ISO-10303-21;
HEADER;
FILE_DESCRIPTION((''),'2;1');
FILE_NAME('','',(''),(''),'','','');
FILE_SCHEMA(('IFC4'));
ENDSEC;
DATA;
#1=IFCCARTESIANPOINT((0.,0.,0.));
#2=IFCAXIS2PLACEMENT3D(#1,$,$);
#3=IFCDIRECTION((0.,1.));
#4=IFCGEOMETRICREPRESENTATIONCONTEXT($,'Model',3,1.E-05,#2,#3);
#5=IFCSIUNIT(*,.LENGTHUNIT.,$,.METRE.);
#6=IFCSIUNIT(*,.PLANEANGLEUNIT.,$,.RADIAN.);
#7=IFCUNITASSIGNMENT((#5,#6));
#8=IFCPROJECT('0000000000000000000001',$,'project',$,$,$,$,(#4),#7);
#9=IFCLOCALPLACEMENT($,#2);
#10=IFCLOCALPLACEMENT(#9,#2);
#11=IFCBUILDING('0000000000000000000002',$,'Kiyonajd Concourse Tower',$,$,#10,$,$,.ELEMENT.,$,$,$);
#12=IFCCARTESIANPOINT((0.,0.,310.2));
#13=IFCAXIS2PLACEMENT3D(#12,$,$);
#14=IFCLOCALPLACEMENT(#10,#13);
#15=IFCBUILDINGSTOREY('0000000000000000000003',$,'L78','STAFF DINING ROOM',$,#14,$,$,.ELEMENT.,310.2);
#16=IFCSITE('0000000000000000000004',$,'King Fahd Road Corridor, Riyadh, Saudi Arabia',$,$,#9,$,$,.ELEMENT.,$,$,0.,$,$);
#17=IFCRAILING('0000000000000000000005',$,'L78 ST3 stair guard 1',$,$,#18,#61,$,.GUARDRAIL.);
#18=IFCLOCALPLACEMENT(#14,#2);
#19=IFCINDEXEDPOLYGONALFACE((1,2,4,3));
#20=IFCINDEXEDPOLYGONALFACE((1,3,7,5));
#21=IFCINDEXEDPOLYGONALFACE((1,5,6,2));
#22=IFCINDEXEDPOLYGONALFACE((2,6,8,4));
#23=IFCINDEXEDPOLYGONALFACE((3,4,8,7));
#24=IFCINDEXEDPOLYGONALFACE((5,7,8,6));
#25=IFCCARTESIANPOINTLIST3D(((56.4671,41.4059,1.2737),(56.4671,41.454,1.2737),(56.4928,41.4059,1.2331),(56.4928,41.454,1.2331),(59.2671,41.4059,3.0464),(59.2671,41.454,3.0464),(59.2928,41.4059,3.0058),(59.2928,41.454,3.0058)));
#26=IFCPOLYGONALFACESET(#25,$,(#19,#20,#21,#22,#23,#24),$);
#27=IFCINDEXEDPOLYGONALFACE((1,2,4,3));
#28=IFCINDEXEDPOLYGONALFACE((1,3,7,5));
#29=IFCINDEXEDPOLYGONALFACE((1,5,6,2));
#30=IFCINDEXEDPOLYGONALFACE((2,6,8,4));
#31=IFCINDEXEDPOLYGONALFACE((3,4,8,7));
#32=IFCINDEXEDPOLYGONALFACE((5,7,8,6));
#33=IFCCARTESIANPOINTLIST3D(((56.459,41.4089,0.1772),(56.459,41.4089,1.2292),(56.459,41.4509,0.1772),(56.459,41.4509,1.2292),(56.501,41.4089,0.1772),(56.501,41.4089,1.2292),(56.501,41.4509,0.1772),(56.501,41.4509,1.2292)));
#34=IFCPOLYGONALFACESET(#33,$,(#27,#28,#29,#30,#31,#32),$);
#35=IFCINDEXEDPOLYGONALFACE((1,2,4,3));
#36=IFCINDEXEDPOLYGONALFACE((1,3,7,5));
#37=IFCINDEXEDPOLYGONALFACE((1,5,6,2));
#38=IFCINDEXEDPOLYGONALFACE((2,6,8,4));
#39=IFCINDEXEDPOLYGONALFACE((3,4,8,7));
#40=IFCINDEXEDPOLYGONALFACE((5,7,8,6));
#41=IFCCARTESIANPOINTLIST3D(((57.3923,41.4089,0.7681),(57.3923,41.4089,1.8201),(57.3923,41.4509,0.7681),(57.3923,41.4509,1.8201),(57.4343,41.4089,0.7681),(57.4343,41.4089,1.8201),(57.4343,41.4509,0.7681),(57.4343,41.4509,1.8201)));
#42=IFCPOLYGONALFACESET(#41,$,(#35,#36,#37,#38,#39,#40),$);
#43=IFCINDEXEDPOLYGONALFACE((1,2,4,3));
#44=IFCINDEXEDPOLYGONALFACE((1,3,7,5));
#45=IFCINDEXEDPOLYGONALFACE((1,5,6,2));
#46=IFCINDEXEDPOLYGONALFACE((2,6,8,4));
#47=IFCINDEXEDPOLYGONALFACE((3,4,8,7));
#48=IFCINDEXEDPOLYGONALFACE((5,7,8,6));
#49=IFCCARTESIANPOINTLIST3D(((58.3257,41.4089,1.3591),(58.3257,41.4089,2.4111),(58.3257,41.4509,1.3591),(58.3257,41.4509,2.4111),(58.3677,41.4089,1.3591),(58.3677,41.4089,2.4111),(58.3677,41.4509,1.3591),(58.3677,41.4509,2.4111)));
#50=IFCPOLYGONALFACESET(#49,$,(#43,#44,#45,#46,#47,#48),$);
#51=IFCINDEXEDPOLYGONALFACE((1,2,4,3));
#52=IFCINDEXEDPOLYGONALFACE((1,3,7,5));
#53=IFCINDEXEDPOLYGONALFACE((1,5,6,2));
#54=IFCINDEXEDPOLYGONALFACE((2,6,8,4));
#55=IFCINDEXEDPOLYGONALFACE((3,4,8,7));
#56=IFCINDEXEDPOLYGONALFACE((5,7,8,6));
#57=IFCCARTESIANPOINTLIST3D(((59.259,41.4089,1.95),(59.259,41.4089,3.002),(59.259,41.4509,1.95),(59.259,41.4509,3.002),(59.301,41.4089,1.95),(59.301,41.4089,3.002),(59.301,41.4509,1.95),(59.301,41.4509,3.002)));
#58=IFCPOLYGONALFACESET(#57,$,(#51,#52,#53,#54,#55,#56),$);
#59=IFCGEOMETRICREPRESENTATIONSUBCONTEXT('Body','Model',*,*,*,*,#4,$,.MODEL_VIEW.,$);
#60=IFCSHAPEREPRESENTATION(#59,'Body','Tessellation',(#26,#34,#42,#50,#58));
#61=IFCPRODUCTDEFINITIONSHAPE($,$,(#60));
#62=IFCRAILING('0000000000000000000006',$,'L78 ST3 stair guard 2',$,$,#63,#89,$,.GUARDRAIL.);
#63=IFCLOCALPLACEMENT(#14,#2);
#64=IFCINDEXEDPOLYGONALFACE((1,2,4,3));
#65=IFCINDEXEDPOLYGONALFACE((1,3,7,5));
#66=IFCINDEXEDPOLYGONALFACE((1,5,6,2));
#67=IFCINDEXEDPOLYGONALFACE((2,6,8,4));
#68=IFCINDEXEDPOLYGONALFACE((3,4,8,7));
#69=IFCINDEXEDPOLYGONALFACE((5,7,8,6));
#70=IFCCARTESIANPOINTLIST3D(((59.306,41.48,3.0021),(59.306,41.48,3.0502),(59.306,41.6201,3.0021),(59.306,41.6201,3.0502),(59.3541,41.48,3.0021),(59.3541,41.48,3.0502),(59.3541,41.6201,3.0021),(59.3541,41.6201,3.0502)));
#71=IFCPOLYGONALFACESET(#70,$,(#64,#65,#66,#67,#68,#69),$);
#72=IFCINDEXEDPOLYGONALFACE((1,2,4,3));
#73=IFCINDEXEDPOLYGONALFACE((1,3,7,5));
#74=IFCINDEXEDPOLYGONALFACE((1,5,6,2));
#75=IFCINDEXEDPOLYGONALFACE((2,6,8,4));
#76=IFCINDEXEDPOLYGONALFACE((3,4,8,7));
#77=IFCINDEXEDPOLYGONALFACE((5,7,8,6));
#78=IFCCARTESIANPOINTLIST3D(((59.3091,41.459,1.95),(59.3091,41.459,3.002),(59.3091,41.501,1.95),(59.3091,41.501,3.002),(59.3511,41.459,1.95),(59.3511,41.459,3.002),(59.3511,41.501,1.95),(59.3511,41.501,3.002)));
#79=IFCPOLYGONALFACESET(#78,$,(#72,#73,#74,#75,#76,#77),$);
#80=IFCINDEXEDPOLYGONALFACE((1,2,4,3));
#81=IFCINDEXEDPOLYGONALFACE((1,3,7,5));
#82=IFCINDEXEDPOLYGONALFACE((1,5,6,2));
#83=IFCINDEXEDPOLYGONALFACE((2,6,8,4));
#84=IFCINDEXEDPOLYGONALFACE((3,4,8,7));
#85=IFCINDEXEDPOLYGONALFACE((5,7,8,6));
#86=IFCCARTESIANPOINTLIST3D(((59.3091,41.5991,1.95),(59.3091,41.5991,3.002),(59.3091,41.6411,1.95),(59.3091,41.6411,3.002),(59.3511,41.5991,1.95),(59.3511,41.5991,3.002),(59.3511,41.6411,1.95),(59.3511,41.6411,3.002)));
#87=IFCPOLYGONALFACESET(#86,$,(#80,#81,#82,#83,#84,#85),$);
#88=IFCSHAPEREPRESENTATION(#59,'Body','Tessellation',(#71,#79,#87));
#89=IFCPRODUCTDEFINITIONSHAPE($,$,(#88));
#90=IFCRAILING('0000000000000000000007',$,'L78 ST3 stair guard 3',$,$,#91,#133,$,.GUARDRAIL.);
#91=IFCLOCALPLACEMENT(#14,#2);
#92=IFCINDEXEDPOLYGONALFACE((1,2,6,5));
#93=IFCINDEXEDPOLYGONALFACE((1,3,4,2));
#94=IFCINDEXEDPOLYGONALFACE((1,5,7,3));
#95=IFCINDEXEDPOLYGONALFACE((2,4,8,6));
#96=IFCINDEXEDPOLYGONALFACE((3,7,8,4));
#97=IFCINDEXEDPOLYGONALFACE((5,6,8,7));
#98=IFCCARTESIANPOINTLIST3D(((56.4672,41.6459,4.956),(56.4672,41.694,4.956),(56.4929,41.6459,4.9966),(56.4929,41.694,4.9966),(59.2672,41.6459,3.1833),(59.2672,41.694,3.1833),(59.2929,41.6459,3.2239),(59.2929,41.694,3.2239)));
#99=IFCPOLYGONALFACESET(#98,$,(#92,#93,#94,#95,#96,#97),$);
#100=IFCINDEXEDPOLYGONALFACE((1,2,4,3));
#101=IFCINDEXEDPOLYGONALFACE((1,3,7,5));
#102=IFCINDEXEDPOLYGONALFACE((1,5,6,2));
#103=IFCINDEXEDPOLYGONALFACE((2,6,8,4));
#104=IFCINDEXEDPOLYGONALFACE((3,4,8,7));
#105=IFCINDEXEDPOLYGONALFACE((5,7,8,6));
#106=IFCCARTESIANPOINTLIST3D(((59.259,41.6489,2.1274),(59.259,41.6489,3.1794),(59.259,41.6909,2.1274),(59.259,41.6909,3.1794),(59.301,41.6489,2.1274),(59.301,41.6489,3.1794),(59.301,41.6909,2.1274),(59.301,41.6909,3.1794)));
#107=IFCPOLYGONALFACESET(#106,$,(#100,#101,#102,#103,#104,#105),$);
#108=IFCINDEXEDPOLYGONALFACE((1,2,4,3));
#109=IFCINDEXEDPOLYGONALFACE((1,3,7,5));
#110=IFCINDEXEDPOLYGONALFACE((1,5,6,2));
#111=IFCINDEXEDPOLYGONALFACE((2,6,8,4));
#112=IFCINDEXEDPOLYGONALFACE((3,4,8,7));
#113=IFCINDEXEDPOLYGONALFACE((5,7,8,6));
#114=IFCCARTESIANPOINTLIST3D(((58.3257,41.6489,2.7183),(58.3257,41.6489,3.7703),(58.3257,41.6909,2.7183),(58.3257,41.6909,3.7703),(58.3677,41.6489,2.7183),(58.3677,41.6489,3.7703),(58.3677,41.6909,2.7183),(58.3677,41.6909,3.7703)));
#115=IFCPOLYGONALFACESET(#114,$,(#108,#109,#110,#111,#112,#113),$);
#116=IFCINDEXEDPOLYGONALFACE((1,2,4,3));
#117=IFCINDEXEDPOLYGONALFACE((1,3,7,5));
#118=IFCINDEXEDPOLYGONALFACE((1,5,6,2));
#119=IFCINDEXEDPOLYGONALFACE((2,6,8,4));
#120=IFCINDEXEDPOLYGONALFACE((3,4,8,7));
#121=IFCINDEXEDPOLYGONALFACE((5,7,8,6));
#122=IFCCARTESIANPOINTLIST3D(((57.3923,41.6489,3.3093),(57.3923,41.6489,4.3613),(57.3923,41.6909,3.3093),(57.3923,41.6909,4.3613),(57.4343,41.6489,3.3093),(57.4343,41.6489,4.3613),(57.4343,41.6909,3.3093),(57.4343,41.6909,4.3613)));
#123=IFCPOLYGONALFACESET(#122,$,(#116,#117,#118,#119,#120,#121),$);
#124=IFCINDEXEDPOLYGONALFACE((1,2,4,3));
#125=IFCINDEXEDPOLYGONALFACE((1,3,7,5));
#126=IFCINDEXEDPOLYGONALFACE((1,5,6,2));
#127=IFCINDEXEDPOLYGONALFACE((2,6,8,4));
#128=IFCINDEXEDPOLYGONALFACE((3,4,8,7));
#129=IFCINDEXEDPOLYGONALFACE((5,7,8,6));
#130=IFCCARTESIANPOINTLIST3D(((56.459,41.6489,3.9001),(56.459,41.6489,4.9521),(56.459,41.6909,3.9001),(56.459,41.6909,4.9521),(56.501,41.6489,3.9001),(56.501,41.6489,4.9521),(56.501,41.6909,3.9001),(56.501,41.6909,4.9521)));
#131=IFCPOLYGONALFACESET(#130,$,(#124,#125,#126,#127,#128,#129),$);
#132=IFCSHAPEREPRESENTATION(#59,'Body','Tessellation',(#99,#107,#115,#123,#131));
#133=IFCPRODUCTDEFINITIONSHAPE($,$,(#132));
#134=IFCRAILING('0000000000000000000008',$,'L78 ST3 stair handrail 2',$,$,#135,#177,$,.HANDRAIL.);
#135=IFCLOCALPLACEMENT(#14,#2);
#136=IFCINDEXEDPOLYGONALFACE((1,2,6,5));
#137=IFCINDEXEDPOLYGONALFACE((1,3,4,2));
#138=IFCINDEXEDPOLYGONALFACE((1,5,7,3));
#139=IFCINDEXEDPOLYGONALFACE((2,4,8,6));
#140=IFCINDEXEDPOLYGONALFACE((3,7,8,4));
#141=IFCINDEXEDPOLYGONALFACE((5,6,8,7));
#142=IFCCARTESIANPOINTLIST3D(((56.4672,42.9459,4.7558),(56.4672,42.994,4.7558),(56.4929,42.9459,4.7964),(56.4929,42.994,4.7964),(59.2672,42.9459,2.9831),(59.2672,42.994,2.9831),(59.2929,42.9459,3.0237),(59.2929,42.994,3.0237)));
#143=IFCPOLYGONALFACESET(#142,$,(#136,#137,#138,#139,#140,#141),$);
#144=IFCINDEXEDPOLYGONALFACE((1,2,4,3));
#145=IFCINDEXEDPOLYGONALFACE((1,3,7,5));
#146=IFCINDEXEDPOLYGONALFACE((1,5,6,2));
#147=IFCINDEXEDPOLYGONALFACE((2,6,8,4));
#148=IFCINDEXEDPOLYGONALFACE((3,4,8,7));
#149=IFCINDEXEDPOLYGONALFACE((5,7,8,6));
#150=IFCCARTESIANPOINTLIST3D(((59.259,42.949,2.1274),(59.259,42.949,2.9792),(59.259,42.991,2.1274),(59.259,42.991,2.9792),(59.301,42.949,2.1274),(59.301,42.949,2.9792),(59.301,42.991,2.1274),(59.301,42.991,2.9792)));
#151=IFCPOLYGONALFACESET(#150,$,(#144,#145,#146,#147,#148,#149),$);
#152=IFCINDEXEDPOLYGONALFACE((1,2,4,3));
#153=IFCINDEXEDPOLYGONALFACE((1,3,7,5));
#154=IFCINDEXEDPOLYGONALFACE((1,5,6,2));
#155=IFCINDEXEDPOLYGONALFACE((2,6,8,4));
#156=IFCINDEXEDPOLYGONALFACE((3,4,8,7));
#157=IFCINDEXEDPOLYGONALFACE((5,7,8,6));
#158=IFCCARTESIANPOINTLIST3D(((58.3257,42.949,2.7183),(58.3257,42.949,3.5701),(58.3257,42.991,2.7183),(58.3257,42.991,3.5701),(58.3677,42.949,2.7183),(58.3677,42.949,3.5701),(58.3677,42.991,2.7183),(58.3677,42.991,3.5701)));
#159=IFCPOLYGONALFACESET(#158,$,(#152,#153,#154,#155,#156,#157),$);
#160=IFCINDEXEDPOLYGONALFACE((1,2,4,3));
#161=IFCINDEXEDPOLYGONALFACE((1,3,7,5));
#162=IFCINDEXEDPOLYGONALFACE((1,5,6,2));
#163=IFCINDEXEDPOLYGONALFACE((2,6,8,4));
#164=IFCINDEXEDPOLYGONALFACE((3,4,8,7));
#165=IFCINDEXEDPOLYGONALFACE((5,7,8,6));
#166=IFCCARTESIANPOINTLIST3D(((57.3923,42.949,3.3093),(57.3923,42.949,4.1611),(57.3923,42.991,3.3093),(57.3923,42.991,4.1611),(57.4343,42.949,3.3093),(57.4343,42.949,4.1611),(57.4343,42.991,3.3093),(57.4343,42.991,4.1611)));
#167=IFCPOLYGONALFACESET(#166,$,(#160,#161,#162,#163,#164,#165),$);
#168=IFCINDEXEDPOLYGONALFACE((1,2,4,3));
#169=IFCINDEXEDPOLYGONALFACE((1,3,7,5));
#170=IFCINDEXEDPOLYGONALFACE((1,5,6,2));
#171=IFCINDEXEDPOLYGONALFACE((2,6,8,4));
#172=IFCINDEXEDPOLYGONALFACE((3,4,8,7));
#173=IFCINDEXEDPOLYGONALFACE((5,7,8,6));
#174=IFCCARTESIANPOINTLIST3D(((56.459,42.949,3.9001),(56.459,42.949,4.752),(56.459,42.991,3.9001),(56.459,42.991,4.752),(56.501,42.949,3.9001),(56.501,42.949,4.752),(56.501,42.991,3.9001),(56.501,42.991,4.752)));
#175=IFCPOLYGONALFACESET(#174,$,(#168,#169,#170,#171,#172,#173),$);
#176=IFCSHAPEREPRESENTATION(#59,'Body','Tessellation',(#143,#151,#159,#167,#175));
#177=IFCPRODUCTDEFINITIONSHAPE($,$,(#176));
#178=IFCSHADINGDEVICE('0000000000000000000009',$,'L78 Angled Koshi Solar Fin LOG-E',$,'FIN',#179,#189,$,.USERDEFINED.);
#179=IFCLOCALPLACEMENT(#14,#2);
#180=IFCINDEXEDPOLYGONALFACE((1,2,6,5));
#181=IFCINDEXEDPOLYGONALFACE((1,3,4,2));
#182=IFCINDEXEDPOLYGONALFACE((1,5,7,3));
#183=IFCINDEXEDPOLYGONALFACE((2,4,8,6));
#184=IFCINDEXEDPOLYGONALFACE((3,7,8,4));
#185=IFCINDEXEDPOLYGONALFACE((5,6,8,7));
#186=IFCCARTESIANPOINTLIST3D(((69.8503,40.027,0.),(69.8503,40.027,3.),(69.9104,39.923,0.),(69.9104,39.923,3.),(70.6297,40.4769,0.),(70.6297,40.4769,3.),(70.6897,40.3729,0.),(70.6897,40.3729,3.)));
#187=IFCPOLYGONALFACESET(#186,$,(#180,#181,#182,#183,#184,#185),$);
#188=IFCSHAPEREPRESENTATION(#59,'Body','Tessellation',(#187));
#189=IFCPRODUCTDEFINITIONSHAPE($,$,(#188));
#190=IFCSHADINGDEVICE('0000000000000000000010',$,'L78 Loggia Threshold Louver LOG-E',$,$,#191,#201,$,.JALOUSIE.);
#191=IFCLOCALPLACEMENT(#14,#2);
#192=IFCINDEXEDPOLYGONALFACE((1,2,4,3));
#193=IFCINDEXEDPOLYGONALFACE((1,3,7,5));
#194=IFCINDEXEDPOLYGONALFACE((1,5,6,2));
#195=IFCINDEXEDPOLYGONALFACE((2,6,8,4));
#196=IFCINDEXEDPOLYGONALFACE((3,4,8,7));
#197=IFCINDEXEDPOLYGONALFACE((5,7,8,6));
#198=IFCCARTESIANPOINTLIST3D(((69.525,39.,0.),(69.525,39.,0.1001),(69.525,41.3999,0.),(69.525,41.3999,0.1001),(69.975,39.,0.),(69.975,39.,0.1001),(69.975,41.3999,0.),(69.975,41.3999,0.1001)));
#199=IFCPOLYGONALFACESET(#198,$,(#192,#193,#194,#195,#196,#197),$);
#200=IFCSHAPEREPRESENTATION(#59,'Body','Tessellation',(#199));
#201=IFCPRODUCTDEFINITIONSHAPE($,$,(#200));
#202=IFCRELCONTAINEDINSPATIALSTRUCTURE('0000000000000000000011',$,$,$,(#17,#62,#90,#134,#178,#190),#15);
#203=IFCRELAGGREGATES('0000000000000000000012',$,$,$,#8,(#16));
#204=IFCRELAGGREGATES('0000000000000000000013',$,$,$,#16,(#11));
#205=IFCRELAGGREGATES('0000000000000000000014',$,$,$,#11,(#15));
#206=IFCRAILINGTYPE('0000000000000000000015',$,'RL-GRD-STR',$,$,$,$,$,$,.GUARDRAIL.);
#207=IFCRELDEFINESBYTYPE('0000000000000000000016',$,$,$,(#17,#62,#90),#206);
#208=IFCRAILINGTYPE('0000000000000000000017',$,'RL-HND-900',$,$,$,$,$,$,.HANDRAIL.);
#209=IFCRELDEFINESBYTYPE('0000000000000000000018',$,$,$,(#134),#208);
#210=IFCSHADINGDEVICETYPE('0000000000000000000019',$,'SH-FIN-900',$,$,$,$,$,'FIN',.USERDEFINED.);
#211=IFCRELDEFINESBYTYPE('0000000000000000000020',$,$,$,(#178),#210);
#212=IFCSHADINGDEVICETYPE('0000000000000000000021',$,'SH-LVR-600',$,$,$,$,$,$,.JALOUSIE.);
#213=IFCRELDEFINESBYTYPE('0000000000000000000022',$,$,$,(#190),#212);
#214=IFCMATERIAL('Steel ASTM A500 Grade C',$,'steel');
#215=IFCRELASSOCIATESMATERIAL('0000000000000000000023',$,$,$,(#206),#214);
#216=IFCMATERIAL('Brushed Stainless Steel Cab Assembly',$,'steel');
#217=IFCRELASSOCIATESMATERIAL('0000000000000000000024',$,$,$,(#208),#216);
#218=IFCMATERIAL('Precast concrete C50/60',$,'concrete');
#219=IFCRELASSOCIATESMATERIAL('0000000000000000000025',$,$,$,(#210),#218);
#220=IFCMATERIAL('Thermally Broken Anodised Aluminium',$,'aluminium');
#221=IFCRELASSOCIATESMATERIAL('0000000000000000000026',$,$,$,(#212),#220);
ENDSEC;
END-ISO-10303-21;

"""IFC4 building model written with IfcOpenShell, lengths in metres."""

from ifc_helpers import new_model, si_unit, direction, frame, origin, origin_2d, place, context, subcontext, project, spatial, rectangle, extrude, material, type_object, element, save


model = new_model("IFC4")

# Units and contexts
model_context = context("Model", 3, precision=1e-05, world=origin(), true_north=direction((0.0, 1.0)))
body_context = subcontext(model_context, "Body", "Model", "MODEL_VIEW")
ifc_project = project(units=[si_unit("LENGTHUNIT", "METRE"), si_unit("PLANEANGLEUNIT", "RADIAN")], contexts=[model_context])

# Site, building, storey
site_placement = place(None, origin())
site = spatial("IfcSite", under=ifc_project, at=site_placement, Name="King Fahd Road Corridor, Riyadh, Saudi Arabia", CompositionType="ELEMENT", RefElevation=0.0)
building_placement = place(site_placement, origin())
building = spatial("IfcBuilding", under=site, at=building_placement, Name="Kiyonajd Concourse Tower", CompositionType="ELEMENT")
storey_placement = place(building_placement, frame((0.0, 0.0, 310.2)))
storey = spatial("IfcBuildingStorey", under=building, at=storey_placement, Name="L78", Description="STAFF DINING ROOM", CompositionType="ELEMENT", Elevation=310.2)

# Shared definitions
ifc_material_1 = material(Name="Thermally Broken Anodised Aluminium", Category="aluminium")

# Shared definitions
ifc_material_2 = material(Name="Precast concrete C50/60", Category="concrete")

# Shared definitions
ifc_material_3 = material(Name="Brushed Stainless Steel Cab Assembly", Category="steel")

# Railings
ifc_material_4 = material(Name="Steel ASTM A500 Grade C", Category="steel")
railing_type_1 = type_object("IfcRailingType", Name="RL-GRD-STR", PredefinedType="GUARDRAIL", material=ifc_material_4)
railing_1_placement = place(storey_placement, frame((56.48, 41.4299, 0.1772)))
element("IfcRailing", 1, at=railing_1_placement, inside=storey, type_object=railing_type_1, Name="L78 ST3 stair guard 1", PredefinedType="GUARDRAIL", context=body_context, shape_type="SweptSolid", body=[
    extrude(rectangle(XDim=0.0481, YDim=0.0481, at=origin_2d()), frame((0.0, 0.0, 1.0762), z_axis=(0.844909, 0.0, 0.53491), x_axis=(0.0, 1.0, 0.0)), (0.0, 0.0, 1.0), 3.314),
    extrude(rectangle(XDim=0.042, YDim=0.042, at=origin_2d()), origin(), (0.0, 0.0, 1.0), 1.052),
    extrude(rectangle(XDim=0.042, YDim=0.042, at=origin_2d()), frame((0.9333, 0.0, 0.5908)), (0.0, 0.0, 1.0), 1.052),
    extrude(rectangle(XDim=0.042, YDim=0.042, at=origin_2d()), frame((1.8667, 0.0, 1.1819)), (0.0, 0.0, 1.0), 1.052),
    extrude(rectangle(XDim=0.042, YDim=0.042, at=origin_2d()), frame((2.8, 0.0, 1.7727)), (0.0, 0.0, 1.0), 1.052),
])
railing_2_placement = place(storey_placement, frame((59.3301, 41.48, 1.95)))
element("IfcRailing", 2, at=railing_2_placement, inside=storey, type_object=railing_type_1, Name="L78 ST3 stair guard 2", PredefinedType="GUARDRAIL", context=body_context, shape_type="SweptSolid", body=[
    extrude(rectangle(XDim=0.0481, YDim=0.0481, at=origin_2d()), frame((0.0, 0.0, 1.0762), z_axis=(0.0, 1.0, 0.0), x_axis=(-1.0, 0.0, 0.0)), (0.0, 0.0, 1.0), 0.1401),
    extrude(rectangle(XDim=0.042, YDim=0.042, at=origin_2d()), origin(), (0.0, 0.0, 1.0), 1.052),
    extrude(rectangle(XDim=0.042, YDim=0.042, at=origin_2d()), frame((0.0, 0.1401, 0.0)), (0.0, 0.0, 1.0), 1.052),
])
railing_3_placement = place(storey_placement, frame((59.28, 41.6699, 2.1274)))
element("IfcRailing", 3, at=railing_3_placement, inside=storey, type_object=railing_type_1, Name="L78 ST3 stair guard 3", PredefinedType="GUARDRAIL", context=body_context, shape_type="SweptSolid", body=[
    extrude(rectangle(XDim=0.0481, YDim=0.0481, at=origin_2d()), frame((0.0, 0.0, 1.0762), z_axis=(-0.844909, 0.0, 0.53491), x_axis=(0.0, -1.0, 0.0)), (0.0, 0.0, 1.0), 3.314),
    extrude(rectangle(XDim=0.042, YDim=0.042, at=origin_2d()), origin(), (0.0, 0.0, 1.0), 1.052),
    extrude(rectangle(XDim=0.042, YDim=0.042, at=origin_2d()), frame((-0.9333, 0.0, 0.5908)), (0.0, 0.0, 1.0), 1.052),
    extrude(rectangle(XDim=0.042, YDim=0.042, at=origin_2d()), frame((-1.8667, 0.0, 1.1819)), (0.0, 0.0, 1.0), 1.052),
    extrude(rectangle(XDim=0.042, YDim=0.042, at=origin_2d()), frame((-2.8, 0.0, 1.7727)), (0.0, 0.0, 1.0), 1.052),
])
railing_type_2 = type_object("IfcRailingType", Name="RL-HND-900", PredefinedType="HANDRAIL", material=ifc_material_3)
railing_4_placement = place(storey_placement, frame((59.28, 42.97, 2.1274)))
element("IfcRailing", 4, at=railing_4_placement, inside=storey, type_object=railing_type_2, Name="L78 ST3 stair handrail 2", PredefinedType="HANDRAIL", context=body_context, shape_type="SweptSolid", body=[
    extrude(rectangle(XDim=0.0481, YDim=0.0481, at=origin_2d()), frame((0.0, 0.0, 0.876), z_axis=(-0.844909, 0.0, 0.53491), x_axis=(0.0, -1.0, 0.0)), (0.0, 0.0, 1.0), 3.314),
    extrude(rectangle(XDim=0.042, YDim=0.042, at=origin_2d()), origin(), (0.0, 0.0, 1.0), 0.8518),
    extrude(rectangle(XDim=0.042, YDim=0.042, at=origin_2d()), frame((-0.9333, 0.0, 0.5908)), (0.0, 0.0, 1.0), 0.8518),
    extrude(rectangle(XDim=0.042, YDim=0.042, at=origin_2d()), frame((-1.8667, 0.0, 1.1819)), (0.0, 0.0, 1.0), 0.8518),
    extrude(rectangle(XDim=0.042, YDim=0.042, at=origin_2d()), frame((-2.8, 0.0, 1.7727)), (0.0, 0.0, 1.0), 0.8518),
])

# Shading devices
shading_device_type_1 = type_object("IfcShadingDeviceType", Name="SH-FIN-900", ElementType="FIN", PredefinedType="USERDEFINED", material=ifc_material_2)
shading_device_1_placement = place(storey_placement, frame((70.27, 40.2, 0.0), z_axis=(0.0, 0.0, 1.0), x_axis=(0.866025, 0.5, 0.0)))
element("IfcShadingDevice", 5, at=shading_device_1_placement, inside=storey, type_object=shading_device_type_1, Name="L78 Angled Koshi Solar Fin LOG-E", ObjectType="FIN", PredefinedType="USERDEFINED", context=body_context, shape_type="SweptSolid", body=[
    extrude(rectangle(XDim=0.8999, YDim=0.1201, at=origin_2d()), origin(), (0.0, 0.0, 1.0), 3.0),
])
shading_device_type_2 = type_object("IfcShadingDeviceType", Name="SH-LVR-600", PredefinedType="JALOUSIE", material=ifc_material_1)
shading_device_2_placement = place(storey_placement, frame((69.75, 40.2, 0.0), z_axis=(0.0, 0.0, 1.0), x_axis=(0.0, 1.0, 0.0)))
element("IfcShadingDevice", 6, at=shading_device_2_placement, inside=storey, type_object=shading_device_type_2, Name="L78 Loggia Threshold Louver LOG-E", PredefinedType="JALOUSIE", context=body_context, shape_type="SweptSolid", body=[
    extrude(rectangle(XDim=2.3999, YDim=0.45, at=origin_2d()), origin(), (0.0, 0.0, 1.0), 0.1001),
])

save(model, "model.ifc")
